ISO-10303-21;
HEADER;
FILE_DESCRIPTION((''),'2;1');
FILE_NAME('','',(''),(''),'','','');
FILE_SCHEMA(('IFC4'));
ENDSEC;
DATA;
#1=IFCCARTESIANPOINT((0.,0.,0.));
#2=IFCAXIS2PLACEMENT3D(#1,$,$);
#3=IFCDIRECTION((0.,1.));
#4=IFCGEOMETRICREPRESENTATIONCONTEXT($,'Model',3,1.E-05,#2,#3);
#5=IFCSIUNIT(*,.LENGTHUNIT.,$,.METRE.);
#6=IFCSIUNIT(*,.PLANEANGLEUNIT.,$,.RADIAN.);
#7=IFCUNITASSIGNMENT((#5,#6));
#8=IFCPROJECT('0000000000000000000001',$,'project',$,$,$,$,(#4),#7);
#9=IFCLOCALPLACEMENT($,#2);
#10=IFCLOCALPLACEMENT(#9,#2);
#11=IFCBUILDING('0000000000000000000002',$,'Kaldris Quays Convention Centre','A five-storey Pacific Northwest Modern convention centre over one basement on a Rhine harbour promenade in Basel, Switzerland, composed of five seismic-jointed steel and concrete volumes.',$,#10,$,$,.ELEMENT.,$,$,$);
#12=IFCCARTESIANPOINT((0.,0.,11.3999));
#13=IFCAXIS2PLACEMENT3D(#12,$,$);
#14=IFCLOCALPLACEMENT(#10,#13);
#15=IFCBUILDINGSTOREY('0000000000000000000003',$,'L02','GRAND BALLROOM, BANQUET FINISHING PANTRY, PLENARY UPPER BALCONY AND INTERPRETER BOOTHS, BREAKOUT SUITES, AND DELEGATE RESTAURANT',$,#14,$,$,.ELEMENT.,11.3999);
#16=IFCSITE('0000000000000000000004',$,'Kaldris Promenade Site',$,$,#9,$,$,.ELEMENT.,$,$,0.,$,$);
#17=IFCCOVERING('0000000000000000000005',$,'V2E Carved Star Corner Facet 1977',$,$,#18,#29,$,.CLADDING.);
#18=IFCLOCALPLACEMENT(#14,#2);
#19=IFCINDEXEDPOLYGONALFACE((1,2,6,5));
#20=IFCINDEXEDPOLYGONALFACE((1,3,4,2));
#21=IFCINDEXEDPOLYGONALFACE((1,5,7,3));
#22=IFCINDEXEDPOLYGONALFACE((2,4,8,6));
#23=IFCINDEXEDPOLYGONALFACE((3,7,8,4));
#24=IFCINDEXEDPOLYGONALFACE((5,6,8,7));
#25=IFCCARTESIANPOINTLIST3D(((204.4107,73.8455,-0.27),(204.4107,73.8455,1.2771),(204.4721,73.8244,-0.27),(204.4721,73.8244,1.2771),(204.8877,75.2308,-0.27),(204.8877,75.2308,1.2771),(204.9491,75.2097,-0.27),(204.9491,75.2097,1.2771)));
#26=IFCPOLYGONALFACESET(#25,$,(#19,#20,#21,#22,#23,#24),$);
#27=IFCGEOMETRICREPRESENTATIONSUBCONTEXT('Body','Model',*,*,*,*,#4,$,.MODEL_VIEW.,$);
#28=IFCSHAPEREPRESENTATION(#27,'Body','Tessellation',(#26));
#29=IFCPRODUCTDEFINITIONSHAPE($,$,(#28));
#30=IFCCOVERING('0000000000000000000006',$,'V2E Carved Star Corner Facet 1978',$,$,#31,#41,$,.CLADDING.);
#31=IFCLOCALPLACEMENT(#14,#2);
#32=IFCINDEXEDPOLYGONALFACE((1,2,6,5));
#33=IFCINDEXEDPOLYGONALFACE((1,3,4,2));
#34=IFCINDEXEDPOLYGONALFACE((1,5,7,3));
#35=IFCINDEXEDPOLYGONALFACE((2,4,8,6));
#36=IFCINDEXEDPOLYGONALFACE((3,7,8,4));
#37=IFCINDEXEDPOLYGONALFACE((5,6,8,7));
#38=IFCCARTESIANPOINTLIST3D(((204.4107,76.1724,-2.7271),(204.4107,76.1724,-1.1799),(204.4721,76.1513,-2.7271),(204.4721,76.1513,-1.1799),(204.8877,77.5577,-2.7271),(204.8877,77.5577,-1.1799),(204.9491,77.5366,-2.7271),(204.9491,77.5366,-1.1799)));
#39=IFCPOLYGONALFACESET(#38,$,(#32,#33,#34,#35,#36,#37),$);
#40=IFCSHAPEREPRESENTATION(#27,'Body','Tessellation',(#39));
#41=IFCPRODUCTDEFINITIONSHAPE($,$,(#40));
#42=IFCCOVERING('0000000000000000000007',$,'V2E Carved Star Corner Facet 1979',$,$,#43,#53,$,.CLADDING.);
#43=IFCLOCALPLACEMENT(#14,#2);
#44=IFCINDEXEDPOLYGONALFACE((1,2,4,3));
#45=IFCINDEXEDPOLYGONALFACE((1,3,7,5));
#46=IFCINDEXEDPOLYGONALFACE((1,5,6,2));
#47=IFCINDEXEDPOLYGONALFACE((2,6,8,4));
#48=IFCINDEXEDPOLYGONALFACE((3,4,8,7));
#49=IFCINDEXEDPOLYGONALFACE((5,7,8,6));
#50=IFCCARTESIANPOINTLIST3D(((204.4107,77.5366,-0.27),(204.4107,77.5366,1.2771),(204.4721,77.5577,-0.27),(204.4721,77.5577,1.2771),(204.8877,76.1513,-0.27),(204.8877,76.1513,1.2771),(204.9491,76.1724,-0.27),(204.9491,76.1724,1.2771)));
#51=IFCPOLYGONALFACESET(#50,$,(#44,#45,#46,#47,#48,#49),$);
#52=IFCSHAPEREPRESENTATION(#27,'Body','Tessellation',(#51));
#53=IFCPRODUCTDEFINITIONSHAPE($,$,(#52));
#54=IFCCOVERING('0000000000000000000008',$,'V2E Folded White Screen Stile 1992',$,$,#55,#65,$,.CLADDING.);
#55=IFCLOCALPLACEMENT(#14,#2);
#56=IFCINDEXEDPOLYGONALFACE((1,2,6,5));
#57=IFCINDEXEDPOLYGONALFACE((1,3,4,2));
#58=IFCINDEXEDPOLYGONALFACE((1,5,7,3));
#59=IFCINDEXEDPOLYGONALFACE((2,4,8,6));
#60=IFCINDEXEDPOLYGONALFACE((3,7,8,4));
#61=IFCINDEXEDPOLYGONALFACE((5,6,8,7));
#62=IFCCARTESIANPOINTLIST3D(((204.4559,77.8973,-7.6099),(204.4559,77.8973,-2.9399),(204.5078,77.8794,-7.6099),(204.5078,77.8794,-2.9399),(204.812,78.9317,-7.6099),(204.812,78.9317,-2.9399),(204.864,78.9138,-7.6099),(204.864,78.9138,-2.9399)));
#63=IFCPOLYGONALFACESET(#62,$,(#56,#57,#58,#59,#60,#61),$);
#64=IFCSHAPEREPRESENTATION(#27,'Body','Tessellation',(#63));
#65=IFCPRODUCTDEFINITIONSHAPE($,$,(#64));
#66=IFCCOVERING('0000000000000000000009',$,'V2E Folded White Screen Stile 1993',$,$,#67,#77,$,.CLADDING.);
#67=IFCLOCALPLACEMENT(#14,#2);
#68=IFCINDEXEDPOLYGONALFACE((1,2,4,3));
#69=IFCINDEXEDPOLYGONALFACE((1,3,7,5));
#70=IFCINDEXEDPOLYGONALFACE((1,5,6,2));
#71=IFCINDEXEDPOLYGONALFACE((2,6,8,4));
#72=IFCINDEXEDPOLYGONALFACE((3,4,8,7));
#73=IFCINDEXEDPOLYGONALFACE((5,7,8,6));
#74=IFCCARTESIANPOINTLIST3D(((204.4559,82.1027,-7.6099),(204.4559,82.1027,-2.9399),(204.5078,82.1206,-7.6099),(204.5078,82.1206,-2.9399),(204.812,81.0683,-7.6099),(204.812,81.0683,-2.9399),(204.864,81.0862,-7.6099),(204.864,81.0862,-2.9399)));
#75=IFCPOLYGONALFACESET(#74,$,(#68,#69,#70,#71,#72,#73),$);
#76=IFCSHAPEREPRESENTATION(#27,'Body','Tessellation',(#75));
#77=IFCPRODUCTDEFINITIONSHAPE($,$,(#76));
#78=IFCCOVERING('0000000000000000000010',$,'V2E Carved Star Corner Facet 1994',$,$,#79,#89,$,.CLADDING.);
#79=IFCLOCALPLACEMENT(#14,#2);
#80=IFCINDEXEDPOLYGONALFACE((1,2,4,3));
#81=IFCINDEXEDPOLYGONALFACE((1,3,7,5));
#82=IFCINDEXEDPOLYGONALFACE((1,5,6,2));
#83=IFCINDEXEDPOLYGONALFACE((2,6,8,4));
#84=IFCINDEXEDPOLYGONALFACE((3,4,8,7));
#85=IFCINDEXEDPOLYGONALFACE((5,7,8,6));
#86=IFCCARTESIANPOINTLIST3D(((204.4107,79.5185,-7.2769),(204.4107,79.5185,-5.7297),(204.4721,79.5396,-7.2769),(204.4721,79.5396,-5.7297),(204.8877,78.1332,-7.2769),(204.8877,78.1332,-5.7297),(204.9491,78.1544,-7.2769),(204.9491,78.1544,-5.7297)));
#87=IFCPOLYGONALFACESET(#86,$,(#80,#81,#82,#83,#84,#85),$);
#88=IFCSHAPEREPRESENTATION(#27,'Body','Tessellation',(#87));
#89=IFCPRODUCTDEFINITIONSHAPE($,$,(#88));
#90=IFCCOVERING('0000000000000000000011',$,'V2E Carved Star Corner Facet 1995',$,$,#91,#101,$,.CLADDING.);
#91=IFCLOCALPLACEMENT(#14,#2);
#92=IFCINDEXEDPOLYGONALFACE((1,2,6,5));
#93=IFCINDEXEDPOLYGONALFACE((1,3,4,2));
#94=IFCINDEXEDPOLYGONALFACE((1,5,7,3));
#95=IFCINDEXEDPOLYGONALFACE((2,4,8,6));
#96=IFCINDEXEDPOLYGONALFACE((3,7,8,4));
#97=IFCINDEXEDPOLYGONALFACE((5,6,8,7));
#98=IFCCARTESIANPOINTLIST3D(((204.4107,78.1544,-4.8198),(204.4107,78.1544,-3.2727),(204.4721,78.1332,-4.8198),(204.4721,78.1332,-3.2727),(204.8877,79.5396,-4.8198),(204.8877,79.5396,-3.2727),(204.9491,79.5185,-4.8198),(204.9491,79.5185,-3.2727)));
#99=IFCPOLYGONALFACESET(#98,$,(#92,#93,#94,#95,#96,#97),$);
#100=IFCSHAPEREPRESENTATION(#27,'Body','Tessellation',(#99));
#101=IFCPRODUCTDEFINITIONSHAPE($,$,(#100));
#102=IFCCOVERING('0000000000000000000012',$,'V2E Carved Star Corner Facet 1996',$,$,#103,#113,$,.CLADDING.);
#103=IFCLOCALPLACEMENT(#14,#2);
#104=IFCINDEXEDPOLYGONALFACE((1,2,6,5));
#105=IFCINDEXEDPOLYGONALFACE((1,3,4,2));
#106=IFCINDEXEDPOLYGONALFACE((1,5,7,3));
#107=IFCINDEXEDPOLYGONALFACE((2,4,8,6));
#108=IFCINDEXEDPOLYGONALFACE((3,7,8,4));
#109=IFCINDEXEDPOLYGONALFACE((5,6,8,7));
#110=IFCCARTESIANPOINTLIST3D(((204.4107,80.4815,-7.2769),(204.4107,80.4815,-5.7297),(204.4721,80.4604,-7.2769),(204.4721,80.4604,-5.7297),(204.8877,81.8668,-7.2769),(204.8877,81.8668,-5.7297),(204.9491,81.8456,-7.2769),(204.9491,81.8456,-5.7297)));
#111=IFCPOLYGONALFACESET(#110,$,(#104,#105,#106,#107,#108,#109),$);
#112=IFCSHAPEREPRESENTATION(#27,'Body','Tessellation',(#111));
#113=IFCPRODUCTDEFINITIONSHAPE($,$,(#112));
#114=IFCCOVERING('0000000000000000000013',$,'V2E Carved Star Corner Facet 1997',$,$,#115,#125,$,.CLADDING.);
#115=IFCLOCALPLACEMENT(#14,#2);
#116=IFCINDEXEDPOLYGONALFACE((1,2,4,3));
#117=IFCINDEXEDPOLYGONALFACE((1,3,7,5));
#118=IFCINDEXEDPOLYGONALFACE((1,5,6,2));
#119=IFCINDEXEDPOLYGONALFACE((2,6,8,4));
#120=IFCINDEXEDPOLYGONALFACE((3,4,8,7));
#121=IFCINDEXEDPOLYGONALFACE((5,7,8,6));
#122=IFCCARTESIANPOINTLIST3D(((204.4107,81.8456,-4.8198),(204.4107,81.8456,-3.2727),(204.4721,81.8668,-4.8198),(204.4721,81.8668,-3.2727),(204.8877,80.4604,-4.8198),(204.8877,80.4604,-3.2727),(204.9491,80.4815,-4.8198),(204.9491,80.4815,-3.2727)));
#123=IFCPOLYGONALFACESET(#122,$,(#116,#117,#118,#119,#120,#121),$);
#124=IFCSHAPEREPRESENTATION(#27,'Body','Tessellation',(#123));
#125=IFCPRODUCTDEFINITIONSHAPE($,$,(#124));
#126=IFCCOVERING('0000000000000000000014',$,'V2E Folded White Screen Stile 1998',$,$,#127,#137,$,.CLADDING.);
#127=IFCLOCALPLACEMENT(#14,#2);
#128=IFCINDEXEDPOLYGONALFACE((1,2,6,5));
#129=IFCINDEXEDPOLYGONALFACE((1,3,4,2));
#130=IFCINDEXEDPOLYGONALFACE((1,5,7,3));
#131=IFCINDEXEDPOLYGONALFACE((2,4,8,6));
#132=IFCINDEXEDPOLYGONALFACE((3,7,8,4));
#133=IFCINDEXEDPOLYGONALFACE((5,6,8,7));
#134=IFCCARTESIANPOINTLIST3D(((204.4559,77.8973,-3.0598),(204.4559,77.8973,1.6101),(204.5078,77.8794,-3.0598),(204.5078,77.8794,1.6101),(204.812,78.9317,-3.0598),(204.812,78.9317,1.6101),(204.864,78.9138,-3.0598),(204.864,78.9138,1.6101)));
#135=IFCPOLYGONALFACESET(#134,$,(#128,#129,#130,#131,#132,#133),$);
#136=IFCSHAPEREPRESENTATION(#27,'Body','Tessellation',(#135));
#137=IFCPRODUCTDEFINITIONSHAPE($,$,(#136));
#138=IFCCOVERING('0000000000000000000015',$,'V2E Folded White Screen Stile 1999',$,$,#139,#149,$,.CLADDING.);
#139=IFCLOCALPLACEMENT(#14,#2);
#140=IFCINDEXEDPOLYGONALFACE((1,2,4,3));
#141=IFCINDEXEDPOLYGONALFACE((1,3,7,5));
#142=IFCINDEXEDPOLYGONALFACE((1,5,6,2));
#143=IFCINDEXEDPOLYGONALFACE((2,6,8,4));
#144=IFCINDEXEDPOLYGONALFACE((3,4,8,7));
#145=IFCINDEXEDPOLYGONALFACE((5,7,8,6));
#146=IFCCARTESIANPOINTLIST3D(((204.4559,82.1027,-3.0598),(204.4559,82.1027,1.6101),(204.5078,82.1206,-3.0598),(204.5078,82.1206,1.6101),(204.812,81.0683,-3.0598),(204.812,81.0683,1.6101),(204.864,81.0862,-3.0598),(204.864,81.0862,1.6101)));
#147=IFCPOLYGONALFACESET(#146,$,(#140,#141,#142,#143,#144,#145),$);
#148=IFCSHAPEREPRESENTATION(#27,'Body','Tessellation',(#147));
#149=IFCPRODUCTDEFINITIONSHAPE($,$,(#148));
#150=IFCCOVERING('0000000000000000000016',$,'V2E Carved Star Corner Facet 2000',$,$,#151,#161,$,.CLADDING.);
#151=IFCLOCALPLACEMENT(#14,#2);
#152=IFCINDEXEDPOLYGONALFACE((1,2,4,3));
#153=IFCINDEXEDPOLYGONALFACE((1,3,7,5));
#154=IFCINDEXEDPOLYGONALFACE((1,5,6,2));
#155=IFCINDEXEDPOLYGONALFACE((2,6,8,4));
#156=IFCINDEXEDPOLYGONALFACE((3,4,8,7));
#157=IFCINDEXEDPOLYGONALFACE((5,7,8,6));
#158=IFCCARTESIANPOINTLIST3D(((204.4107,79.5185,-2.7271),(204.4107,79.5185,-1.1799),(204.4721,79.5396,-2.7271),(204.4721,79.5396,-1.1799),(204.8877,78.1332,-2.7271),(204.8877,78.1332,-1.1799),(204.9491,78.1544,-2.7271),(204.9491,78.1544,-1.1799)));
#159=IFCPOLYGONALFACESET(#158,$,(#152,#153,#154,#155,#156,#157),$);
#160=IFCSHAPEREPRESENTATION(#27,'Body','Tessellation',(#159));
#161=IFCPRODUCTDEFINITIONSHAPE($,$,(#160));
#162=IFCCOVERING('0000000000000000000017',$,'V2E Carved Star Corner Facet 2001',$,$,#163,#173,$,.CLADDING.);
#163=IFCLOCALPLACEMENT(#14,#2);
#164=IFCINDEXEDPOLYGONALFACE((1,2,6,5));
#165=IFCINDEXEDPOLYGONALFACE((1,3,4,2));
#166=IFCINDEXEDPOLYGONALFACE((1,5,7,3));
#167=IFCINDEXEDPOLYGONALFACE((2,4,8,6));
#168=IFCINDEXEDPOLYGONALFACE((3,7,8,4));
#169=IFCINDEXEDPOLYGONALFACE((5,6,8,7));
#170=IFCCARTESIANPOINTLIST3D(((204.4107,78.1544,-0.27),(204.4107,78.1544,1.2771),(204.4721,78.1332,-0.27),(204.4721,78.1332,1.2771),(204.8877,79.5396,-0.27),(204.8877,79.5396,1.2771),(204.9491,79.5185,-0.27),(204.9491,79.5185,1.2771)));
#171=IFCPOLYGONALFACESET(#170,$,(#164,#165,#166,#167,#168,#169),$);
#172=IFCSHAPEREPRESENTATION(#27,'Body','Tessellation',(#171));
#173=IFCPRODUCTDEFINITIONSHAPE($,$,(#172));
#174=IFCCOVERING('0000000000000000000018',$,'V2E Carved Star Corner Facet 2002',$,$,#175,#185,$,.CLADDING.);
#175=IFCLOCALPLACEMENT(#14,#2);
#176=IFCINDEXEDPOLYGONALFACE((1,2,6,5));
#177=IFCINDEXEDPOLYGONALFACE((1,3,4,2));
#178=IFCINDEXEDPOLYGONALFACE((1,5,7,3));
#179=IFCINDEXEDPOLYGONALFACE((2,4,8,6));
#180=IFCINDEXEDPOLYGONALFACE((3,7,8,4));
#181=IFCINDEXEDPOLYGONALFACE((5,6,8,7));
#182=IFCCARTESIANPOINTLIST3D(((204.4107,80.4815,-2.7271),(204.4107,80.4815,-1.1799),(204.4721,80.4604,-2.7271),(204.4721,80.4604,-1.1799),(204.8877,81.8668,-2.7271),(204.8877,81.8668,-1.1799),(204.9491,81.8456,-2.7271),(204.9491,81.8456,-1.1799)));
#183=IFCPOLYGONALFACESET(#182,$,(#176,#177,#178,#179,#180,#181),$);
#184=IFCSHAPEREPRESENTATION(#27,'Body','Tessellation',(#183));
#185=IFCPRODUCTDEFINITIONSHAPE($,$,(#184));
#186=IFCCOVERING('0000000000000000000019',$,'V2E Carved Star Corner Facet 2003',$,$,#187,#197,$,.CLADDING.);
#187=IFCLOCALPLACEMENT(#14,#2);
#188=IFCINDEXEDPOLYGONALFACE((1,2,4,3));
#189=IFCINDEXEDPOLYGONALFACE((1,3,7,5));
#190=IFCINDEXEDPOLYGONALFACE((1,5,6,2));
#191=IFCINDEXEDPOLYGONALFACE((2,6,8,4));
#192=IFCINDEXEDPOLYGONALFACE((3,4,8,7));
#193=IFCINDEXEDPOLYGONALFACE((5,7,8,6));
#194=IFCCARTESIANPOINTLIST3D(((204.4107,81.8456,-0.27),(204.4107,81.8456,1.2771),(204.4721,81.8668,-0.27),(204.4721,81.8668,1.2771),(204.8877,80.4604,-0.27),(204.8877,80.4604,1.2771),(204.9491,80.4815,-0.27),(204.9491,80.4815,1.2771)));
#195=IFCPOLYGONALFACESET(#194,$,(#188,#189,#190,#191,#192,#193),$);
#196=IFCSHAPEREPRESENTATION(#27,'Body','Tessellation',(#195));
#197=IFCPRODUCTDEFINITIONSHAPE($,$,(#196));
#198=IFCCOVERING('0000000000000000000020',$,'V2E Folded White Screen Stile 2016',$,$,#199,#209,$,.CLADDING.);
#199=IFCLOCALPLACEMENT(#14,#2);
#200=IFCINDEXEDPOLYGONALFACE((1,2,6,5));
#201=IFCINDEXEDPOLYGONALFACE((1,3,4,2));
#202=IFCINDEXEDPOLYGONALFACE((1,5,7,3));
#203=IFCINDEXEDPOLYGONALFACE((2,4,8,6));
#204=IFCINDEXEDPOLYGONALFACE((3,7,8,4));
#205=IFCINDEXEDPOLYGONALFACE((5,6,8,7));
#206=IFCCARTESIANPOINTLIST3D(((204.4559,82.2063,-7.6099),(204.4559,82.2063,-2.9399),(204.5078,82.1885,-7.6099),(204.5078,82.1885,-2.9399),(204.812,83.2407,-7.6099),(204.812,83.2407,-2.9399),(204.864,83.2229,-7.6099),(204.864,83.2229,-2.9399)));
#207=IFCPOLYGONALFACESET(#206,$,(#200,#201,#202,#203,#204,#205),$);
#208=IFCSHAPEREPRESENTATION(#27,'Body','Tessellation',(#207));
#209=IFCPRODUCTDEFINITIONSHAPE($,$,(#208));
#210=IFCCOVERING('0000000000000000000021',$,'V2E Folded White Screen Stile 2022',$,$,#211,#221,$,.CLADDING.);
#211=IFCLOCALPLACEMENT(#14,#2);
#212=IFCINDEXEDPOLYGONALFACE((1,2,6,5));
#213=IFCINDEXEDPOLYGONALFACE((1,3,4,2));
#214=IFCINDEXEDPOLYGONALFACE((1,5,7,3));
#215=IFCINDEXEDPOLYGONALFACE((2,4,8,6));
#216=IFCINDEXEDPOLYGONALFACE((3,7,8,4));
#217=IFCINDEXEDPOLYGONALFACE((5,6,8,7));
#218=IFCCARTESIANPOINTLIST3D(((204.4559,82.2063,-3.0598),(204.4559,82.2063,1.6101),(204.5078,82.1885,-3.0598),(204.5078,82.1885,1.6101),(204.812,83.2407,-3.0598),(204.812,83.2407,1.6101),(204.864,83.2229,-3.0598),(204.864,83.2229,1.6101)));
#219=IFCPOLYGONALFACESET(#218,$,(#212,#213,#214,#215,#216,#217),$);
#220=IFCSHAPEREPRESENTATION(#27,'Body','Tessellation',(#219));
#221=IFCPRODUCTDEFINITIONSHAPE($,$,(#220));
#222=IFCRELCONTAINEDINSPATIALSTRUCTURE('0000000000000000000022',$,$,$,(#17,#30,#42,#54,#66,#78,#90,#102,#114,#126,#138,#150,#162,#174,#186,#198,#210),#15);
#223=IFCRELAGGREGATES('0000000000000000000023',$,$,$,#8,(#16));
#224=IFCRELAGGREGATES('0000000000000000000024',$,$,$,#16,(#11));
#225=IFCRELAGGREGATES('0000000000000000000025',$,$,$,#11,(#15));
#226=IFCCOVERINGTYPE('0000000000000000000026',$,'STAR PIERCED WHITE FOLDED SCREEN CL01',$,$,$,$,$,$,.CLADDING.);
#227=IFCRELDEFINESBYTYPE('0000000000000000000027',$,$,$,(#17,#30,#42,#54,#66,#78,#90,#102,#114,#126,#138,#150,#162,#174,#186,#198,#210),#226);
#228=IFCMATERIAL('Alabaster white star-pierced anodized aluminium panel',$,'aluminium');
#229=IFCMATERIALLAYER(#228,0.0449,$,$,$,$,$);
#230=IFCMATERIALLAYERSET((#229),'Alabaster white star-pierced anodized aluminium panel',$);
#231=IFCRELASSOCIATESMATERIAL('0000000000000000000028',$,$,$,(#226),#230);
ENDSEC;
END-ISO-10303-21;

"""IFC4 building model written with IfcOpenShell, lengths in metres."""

from ifc_helpers import new_model, si_unit, direction, frame, origin, origin_2d, place, context, subcontext, project, spatial, rectangle, extrude, material, layer, layer_set, type_object, element, save


model = new_model("IFC4")

# Units and contexts
model_context = context("Model", 3, precision=1e-05, world=origin(), true_north=direction((0.0, 1.0)))
body_context = subcontext(model_context, "Body", "Model", "MODEL_VIEW")
ifc_project = project(units=[si_unit("LENGTHUNIT", "METRE"), si_unit("PLANEANGLEUNIT", "RADIAN")], contexts=[model_context])

# Site, building, storey
site_placement = place(None, origin())
site = spatial("IfcSite", under=ifc_project, at=site_placement, Name="Kaldris Promenade Site", CompositionType="ELEMENT", RefElevation=0.0)
building_placement = place(site_placement, origin())
building = spatial("IfcBuilding", under=site, at=building_placement, Name="Kaldris Quays Convention Centre", Description="A five-storey Pacific Northwest Modern convention centre over one basement on a Rhine harbour promenade in Basel, Switzerland, composed of five seismic-jointed steel and concrete volumes.", CompositionType="ELEMENT")
storey_placement = place(building_placement, frame((0.0, 0.0, 11.3999)))
storey = spatial("IfcBuildingStorey", under=building, at=storey_placement, Name="L02", Description="GRAND BALLROOM, BANQUET FINISHING PANTRY, PLENARY UPPER BALCONY AND INTERPRETER BOOTHS, BREAKOUT SUITES, AND DELEGATE RESTAURANT", CompositionType="ELEMENT", Elevation=11.3999)

# Coverings
ifc_material_1 = material(Name="Alabaster white star-pierced anodized aluminium panel", Category="aluminium")
ifc_layer_1 = layer(ifc_material_1, 0.0449)
ifc_layer_set_1 = layer_set([ifc_layer_1], Name="Alabaster white star-pierced anodized aluminium panel")
covering_type = type_object("IfcCoveringType", Name="STAR PIERCED WHITE FOLDED SCREEN CL01", PredefinedType="CLADDING", material=ifc_layer_set_1)
for number, where, z_axis, x_axis, name in (
    (1, (204.6799, 74.5276, -0.27), (0.0, 0.0, 1.0), (0.325568, 0.945519, 0.0), "V2E Carved Star Corner Facet 1977"),
    (2, (204.6799, 76.8545, -2.7271), (0.0, 0.0, 1.0), (0.325568, 0.945519, 0.0), "V2E Carved Star Corner Facet 1978"),
    (3, (204.6799, 76.8545, -0.27), (0.0, 0.0, 1.0), (-0.325568, 0.945519, 0.0), "V2E Carved Star Corner Facet 1979"),
):
    element("IfcCovering", number, at=place(storey_placement, frame(where, z_axis=z_axis, x_axis=x_axis)), inside=storey, type_object=covering_type, Name=name, PredefinedType="CLADDING", context=body_context, shape_type="SweptSolid", body=[
        extrude(rectangle(XDim=1.4651, YDim=0.0649, at=origin_2d()), origin(), (0.0, 0.0, 1.0), 1.5471),
    ])
for number, where, z_axis, x_axis, name in (
    (4, (204.6599, 78.4055, -7.6099), (0.0, 0.0, 1.0), (0.325568, 0.945519, 0.0), "V2E Folded White Screen Stile 1992"),
    (5, (204.6599, 81.5945, -7.6099), (0.0, 0.0, 1.0), (-0.325568, 0.945519, 0.0), "V2E Folded White Screen Stile 1993"),
):
    element("IfcCovering", number, at=place(storey_placement, frame(where, z_axis=z_axis, x_axis=x_axis)), inside=storey, type_object=covering_type, Name=name, PredefinedType="CLADDING", context=body_context, shape_type="SweptSolid", body=[
        extrude(rectangle(XDim=1.094, YDim=0.0549, at=origin_2d()), origin(), (0.0, 0.0, 1.0), 4.6699),
    ])
for number, where, z_axis, x_axis, name in (
    (6, (204.6799, 78.8364, -7.2769), (0.0, 0.0, 1.0), (-0.325568, 0.945519, 0.0), "V2E Carved Star Corner Facet 1994"),
    (7, (204.6799, 78.8364, -4.8198), (0.0, 0.0, 1.0), (0.325568, 0.945519, 0.0), "V2E Carved Star Corner Facet 1995"),
    (8, (204.6799, 81.1636, -7.2769), (0.0, 0.0, 1.0), (0.325568, 0.945519, 0.0), "V2E Carved Star Corner Facet 1996"),
    (9, (204.6799, 81.1636, -4.8198), (0.0, 0.0, 1.0), (-0.325568, 0.945519, 0.0), "V2E Carved Star Corner Facet 1997"),
):
    element("IfcCovering", number, at=place(storey_placement, frame(where, z_axis=z_axis, x_axis=x_axis)), inside=storey, type_object=covering_type, Name=name, PredefinedType="CLADDING", context=body_context, shape_type="SweptSolid", body=[
        extrude(rectangle(XDim=1.4651, YDim=0.0649, at=origin_2d()), origin(), (0.0, 0.0, 1.0), 1.5471),
    ])
for number, where, z_axis, x_axis, name in (
    (10, (204.6599, 78.4055, -3.0598), (0.0, 0.0, 1.0), (0.325568, 0.945519, 0.0), "V2E Folded White Screen Stile 1998"),
    (11, (204.6599, 81.5945, -3.0598), (0.0, 0.0, 1.0), (-0.325568, 0.945519, 0.0), "V2E Folded White Screen Stile 1999"),
):
    element("IfcCovering", number, at=place(storey_placement, frame(where, z_axis=z_axis, x_axis=x_axis)), inside=storey, type_object=covering_type, Name=name, PredefinedType="CLADDING", context=body_context, shape_type="SweptSolid", body=[
        extrude(rectangle(XDim=1.094, YDim=0.0549, at=origin_2d()), origin(), (0.0, 0.0, 1.0), 4.6699),
    ])
for number, where, z_axis, x_axis, name in (
    (12, (204.6799, 78.8364, -2.7271), (0.0, 0.0, 1.0), (-0.325568, 0.945519, 0.0), "V2E Carved Star Corner Facet 2000"),
    (13, (204.6799, 78.8364, -0.27), (0.0, 0.0, 1.0), (0.325568, 0.945519, 0.0), "V2E Carved Star Corner Facet 2001"),
    (14, (204.6799, 81.1636, -2.7271), (0.0, 0.0, 1.0), (0.325568, 0.945519, 0.0), "V2E Carved Star Corner Facet 2002"),
    (15, (204.6799, 81.1636, -0.27), (0.0, 0.0, 1.0), (-0.325568, 0.945519, 0.0), "V2E Carved Star Corner Facet 2003"),
):
    element("IfcCovering", number, at=place(storey_placement, frame(where, z_axis=z_axis, x_axis=x_axis)), inside=storey, type_object=covering_type, Name=name, PredefinedType="CLADDING", context=body_context, shape_type="SweptSolid", body=[
        extrude(rectangle(XDim=1.4651, YDim=0.0649, at=origin_2d()), origin(), (0.0, 0.0, 1.0), 1.5471),
    ])
for number, where, z_axis, x_axis, name in (
    (16, (204.6599, 82.7146, -7.6099), (0.0, 0.0, 1.0), (0.325568, 0.945519, 0.0), "V2E Folded White Screen Stile 2016"),
    (17, (204.6599, 82.7146, -3.0598), (0.0, 0.0, 1.0), (0.325568, 0.945519, 0.0), "V2E Folded White Screen Stile 2022"),
):
    element("IfcCovering", number, at=place(storey_placement, frame(where, z_axis=z_axis, x_axis=x_axis)), inside=storey, type_object=covering_type, Name=name, PredefinedType="CLADDING", context=body_context, shape_type="SweptSolid", body=[
        extrude(rectangle(XDim=1.094, YDim=0.0549, at=origin_2d()), origin(), (0.0, 0.0, 1.0), 4.6699),
    ])

save(model, "model.ifc")
